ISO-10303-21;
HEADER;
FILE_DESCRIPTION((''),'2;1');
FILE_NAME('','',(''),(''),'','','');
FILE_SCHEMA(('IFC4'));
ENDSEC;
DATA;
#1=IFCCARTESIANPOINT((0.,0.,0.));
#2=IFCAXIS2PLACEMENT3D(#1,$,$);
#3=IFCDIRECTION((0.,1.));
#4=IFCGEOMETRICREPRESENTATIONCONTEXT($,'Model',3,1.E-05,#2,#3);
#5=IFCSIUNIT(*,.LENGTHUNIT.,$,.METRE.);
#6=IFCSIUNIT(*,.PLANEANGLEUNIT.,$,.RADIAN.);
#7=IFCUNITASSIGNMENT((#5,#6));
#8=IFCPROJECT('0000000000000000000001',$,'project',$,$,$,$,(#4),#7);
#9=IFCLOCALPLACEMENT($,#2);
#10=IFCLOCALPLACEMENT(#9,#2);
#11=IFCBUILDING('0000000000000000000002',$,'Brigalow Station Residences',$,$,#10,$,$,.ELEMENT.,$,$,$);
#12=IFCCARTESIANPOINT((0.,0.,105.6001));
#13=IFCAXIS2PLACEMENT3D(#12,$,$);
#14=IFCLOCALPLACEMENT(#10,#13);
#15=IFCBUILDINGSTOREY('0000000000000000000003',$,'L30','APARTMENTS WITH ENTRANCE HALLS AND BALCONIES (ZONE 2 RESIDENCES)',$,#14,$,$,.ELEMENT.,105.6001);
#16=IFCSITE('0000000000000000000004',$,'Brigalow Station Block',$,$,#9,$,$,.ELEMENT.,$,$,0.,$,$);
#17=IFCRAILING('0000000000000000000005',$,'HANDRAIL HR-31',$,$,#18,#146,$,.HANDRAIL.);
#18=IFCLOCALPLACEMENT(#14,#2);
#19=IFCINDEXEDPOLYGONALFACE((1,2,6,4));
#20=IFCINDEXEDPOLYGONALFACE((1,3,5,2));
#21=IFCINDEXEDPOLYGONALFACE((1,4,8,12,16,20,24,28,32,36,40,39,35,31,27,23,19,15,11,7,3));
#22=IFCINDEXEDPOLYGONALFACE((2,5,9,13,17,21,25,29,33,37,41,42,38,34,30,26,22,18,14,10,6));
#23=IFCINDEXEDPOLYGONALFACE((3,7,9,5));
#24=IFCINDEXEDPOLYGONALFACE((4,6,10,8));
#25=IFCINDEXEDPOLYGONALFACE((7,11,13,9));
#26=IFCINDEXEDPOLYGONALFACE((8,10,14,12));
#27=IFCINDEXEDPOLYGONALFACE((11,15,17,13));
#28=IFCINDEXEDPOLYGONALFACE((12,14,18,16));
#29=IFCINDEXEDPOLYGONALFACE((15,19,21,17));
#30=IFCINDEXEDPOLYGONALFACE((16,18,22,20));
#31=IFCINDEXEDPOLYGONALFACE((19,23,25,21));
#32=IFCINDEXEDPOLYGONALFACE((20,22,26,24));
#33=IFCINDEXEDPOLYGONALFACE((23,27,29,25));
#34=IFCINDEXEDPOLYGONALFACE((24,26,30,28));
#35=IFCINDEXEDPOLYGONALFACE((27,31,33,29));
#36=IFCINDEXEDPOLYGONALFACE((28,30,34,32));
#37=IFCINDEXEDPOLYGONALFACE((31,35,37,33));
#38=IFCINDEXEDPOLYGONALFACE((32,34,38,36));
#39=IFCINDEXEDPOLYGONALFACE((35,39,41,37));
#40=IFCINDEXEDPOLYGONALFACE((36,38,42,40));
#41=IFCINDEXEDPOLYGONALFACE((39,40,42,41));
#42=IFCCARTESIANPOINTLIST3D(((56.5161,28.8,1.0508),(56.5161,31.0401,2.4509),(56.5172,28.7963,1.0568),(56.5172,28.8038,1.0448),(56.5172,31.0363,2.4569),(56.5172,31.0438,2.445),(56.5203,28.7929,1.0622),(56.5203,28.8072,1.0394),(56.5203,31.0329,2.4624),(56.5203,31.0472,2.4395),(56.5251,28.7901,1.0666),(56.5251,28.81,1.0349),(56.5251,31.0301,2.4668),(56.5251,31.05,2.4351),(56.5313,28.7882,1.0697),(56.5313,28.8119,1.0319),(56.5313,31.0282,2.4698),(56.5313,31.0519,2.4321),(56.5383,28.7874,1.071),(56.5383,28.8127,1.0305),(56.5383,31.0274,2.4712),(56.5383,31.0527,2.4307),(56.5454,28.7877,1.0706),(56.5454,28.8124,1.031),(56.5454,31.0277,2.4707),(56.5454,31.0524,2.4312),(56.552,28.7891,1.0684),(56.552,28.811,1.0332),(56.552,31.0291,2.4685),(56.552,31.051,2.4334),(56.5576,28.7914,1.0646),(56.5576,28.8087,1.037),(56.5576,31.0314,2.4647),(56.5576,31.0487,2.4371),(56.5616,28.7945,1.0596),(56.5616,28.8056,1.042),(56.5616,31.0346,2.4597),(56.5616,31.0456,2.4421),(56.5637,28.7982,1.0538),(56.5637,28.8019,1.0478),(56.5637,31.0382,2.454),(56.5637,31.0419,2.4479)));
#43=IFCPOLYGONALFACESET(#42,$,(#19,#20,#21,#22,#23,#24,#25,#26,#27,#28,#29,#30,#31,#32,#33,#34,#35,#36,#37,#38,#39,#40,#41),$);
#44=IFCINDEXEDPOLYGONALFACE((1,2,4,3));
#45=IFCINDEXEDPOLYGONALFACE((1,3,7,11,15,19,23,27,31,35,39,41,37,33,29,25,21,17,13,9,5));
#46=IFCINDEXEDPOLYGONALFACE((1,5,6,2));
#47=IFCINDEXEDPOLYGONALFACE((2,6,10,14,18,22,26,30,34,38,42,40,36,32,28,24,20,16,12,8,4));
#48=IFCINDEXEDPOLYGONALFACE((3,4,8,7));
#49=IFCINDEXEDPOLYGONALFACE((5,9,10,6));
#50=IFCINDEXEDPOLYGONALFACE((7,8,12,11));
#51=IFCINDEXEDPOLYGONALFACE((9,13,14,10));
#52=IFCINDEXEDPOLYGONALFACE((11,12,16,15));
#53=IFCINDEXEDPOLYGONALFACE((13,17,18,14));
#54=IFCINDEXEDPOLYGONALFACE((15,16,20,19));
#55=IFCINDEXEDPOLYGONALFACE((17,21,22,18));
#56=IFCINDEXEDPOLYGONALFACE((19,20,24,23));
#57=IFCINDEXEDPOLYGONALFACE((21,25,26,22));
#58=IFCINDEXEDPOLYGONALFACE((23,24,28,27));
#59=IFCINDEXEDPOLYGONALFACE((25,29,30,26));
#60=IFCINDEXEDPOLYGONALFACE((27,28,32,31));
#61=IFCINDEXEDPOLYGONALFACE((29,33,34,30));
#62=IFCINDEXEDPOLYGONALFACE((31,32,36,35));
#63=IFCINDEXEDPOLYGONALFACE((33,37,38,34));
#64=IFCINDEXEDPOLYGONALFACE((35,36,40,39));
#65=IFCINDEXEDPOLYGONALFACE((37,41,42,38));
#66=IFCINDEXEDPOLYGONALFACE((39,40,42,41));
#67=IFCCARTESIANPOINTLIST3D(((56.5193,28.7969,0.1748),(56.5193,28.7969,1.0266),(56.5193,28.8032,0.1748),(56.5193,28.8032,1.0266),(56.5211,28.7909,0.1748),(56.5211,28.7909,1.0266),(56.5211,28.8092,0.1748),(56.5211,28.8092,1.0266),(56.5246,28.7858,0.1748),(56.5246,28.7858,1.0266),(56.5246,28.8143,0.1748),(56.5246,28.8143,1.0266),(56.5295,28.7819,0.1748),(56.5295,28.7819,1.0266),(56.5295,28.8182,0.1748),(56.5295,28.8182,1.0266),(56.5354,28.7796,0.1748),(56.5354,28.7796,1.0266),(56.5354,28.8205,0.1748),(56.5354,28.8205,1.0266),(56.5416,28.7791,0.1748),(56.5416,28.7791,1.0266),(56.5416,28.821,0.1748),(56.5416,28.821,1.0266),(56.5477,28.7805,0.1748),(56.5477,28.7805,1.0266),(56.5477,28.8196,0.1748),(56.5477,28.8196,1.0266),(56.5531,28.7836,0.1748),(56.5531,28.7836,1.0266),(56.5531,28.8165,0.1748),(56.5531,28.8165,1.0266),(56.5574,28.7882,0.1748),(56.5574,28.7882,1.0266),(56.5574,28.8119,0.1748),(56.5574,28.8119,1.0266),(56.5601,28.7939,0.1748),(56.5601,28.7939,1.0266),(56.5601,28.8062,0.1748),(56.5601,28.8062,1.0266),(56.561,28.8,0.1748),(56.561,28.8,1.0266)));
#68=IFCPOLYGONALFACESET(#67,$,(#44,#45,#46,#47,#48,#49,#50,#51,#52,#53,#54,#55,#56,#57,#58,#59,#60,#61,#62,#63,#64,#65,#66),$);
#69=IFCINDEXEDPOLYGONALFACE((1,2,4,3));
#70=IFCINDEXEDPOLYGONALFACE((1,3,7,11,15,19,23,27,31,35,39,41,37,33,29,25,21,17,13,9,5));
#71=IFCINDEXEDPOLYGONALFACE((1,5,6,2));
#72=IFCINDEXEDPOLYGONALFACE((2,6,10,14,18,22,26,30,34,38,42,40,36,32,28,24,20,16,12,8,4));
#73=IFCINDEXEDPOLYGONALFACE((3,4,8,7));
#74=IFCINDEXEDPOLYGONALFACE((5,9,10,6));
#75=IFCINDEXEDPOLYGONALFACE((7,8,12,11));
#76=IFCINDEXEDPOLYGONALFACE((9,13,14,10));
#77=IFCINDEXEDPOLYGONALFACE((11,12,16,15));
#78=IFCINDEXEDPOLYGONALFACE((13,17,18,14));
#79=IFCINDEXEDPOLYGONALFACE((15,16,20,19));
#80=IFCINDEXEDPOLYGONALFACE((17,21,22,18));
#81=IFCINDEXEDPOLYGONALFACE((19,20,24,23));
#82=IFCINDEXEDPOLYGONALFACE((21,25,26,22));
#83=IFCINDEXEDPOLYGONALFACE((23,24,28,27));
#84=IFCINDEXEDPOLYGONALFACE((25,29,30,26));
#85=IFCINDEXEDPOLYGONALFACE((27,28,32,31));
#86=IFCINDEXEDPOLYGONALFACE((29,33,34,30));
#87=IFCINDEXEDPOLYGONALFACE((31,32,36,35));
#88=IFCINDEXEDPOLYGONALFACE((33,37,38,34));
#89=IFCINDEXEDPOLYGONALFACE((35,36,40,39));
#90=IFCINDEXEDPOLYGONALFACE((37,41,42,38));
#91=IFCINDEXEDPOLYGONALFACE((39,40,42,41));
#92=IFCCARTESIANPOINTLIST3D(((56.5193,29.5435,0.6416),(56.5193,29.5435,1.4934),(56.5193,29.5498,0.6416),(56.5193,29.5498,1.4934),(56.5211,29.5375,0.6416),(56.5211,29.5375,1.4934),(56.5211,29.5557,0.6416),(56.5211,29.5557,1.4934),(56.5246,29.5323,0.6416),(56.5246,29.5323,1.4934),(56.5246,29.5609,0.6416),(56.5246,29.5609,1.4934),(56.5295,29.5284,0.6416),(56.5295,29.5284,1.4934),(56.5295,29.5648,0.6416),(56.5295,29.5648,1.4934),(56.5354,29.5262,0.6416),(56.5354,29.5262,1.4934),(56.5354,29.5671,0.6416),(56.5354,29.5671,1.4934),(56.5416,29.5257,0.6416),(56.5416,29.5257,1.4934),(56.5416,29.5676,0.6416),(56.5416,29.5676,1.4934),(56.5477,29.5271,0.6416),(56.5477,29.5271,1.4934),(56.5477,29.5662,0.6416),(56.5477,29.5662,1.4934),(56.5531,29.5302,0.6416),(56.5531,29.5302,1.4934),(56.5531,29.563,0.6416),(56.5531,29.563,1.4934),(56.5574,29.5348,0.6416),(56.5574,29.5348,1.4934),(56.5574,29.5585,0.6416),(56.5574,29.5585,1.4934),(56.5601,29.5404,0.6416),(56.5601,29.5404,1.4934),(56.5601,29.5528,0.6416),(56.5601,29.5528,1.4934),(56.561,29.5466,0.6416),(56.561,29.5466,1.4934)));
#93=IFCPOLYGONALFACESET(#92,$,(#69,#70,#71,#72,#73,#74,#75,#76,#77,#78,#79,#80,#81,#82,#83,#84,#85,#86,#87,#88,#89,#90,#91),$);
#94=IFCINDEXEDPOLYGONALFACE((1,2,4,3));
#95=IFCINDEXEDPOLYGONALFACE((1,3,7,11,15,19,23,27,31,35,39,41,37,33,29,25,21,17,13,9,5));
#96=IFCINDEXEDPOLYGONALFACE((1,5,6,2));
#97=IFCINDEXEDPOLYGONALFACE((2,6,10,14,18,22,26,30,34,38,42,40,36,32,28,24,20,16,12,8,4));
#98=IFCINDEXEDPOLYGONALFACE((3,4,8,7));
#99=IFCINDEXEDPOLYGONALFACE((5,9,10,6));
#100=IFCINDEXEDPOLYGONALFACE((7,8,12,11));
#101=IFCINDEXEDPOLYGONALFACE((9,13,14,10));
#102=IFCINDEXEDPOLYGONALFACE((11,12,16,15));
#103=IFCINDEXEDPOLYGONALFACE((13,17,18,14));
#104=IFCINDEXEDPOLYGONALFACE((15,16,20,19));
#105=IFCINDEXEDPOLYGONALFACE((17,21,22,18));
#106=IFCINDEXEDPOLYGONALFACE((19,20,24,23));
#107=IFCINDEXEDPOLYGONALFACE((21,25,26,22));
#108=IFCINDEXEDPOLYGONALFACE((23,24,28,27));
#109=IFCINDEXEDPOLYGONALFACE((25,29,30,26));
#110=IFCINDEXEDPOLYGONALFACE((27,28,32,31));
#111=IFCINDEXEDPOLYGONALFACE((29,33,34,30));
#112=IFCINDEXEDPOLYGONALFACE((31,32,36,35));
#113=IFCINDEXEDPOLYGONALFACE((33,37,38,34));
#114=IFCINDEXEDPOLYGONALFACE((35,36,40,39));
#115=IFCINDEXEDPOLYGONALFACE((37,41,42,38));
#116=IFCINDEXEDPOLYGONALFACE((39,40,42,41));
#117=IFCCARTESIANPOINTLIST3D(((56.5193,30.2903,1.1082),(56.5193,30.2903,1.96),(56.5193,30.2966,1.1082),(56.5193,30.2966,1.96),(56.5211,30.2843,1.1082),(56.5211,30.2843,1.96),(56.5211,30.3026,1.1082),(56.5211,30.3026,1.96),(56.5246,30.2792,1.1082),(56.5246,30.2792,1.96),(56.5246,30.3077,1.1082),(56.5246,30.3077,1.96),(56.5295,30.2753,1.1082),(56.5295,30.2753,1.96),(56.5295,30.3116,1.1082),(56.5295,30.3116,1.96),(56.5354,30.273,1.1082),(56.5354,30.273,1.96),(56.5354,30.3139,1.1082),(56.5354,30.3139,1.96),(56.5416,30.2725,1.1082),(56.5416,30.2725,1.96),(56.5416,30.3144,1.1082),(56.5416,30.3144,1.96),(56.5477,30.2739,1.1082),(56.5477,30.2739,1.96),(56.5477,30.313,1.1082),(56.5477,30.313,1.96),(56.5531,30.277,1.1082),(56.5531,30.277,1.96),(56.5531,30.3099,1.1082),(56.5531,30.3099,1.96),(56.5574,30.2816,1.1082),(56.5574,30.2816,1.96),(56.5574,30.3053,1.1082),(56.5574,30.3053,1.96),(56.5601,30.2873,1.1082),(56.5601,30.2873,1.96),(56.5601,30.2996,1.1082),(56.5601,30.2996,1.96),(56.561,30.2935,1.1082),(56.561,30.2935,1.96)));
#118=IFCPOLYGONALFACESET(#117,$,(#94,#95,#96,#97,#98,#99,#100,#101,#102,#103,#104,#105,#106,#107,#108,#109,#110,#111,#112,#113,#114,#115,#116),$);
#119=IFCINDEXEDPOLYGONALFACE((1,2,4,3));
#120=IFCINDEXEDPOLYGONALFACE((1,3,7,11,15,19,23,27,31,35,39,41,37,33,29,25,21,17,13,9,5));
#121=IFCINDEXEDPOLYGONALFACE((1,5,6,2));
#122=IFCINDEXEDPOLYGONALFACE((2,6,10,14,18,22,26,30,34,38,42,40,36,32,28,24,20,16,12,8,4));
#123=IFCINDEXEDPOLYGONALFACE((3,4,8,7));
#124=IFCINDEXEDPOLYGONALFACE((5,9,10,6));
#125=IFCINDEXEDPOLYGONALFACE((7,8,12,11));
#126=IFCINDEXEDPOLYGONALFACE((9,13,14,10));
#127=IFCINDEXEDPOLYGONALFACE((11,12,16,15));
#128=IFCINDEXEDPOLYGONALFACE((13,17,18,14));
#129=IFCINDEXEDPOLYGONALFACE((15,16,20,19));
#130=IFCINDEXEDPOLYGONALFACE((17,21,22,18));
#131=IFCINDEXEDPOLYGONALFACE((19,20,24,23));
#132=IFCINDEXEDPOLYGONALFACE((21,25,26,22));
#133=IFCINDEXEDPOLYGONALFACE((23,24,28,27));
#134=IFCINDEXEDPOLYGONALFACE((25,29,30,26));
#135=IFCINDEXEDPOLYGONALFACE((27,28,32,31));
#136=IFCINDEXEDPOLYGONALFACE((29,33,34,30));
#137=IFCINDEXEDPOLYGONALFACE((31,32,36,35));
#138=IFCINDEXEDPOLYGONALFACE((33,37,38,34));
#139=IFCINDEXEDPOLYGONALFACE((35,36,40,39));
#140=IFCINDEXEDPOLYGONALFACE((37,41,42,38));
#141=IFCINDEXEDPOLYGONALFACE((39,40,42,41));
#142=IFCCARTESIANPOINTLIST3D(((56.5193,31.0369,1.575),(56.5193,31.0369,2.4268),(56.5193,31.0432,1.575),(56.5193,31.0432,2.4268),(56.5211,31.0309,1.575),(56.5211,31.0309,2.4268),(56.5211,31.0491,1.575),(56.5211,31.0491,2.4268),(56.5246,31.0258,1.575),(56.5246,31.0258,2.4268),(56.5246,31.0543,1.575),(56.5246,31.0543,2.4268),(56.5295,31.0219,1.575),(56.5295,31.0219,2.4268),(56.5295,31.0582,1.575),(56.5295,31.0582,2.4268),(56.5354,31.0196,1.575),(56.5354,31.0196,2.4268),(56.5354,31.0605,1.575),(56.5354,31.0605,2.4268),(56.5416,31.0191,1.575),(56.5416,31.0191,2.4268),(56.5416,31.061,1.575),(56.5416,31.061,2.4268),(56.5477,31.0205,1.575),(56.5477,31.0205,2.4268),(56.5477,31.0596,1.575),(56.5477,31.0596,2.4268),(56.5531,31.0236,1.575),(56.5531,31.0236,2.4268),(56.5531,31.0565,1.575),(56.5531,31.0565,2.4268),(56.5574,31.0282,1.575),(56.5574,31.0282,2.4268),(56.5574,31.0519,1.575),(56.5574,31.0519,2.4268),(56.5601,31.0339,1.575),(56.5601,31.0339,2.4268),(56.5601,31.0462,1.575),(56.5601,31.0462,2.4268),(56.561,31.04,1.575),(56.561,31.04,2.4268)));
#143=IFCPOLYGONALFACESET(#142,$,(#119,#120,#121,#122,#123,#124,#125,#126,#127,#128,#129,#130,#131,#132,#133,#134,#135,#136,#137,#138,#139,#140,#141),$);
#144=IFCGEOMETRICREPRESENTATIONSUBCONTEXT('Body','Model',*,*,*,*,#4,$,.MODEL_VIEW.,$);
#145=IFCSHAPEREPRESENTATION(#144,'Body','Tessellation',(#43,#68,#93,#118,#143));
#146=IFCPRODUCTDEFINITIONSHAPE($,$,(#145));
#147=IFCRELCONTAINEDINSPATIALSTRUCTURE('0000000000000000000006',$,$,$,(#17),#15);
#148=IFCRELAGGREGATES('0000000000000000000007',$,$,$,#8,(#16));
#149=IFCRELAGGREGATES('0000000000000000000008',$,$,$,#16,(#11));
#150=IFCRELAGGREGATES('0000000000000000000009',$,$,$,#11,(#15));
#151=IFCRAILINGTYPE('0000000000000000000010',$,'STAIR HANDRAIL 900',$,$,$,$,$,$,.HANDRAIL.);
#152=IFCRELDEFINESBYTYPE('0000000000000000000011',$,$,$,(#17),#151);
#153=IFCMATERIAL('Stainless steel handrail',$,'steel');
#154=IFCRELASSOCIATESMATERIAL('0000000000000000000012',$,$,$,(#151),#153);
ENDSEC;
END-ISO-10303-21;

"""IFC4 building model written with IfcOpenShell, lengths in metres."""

from ifc_helpers import new_model, si_unit, direction, frame, origin, origin_2d, place, context, subcontext, project, spatial, circle, extrude, material, type_object, element, save


model = new_model("IFC4")

# Units and contexts
model_context = context("Model", 3, precision=1e-05, world=origin(), true_north=direction((0.0, 1.0)))
body_context = subcontext(model_context, "Body", "Model", "MODEL_VIEW")
ifc_project = project(units=[si_unit("LENGTHUNIT", "METRE"), si_unit("PLANEANGLEUNIT", "RADIAN")], contexts=[model_context])

# Site, building, storey
site_placement = place(None, origin())
site = spatial("IfcSite", under=ifc_project, at=site_placement, Name="Brigalow Station Block", CompositionType="ELEMENT", RefElevation=0.0)
building_placement = place(site_placement, origin())
building = spatial("IfcBuilding", under=site, at=building_placement, Name="Brigalow Station Residences", CompositionType="ELEMENT")
storey_placement = place(building_placement, frame((0.0, 0.0, 105.6001)))
storey = spatial("IfcBuildingStorey", under=building, at=storey_placement, Name="L30", Description="APARTMENTS WITH ENTRANCE HALLS AND BALCONIES (ZONE 2 RESIDENCES)", CompositionType="ELEMENT", Elevation=105.6001)

# Railing
ifc_material_1 = material(Name="Stainless steel handrail", Category="steel")
railing_type_1 = type_object("IfcRailingType", Name="STAIR HANDRAIL 900", PredefinedType="HANDRAIL", material=ifc_material_1)
railing_1_placement = place(storey_placement, frame((56.54, 28.8, 0.1748)))
element("IfcRailing", 1, at=railing_1_placement, inside=storey, type_object=railing_type_1, Name="HANDRAIL HR-31", PredefinedType="HANDRAIL", context=body_context, shape_type="SweptSolid", body=[
    extrude(circle(Radius=0.0239, at=origin_2d()), frame((0.0, 0.0, 0.876), z_axis=(0.0, 0.847972, 0.53004), x_axis=(-1.0, 0.0, 0.0)), (0.0, 0.0, 1.0), 2.6416),
    extrude(circle(Radius=0.021, at=origin_2d()), origin(), (0.0, 0.0, 1.0), 0.8518),
    extrude(circle(Radius=0.021, at=origin_2d()), frame((0.0, 0.7466, 0.4668)), (0.0, 0.0, 1.0), 0.8518),
    extrude(circle(Radius=0.021, at=origin_2d()), frame((0.0, 1.4934, 0.9333)), (0.0, 0.0, 1.0), 0.8518),
    extrude(circle(Radius=0.021, at=origin_2d()), frame((0.0, 2.24, 1.4001)), (0.0, 0.0, 1.0), 0.8518),
])

save(model, "model.ifc")
